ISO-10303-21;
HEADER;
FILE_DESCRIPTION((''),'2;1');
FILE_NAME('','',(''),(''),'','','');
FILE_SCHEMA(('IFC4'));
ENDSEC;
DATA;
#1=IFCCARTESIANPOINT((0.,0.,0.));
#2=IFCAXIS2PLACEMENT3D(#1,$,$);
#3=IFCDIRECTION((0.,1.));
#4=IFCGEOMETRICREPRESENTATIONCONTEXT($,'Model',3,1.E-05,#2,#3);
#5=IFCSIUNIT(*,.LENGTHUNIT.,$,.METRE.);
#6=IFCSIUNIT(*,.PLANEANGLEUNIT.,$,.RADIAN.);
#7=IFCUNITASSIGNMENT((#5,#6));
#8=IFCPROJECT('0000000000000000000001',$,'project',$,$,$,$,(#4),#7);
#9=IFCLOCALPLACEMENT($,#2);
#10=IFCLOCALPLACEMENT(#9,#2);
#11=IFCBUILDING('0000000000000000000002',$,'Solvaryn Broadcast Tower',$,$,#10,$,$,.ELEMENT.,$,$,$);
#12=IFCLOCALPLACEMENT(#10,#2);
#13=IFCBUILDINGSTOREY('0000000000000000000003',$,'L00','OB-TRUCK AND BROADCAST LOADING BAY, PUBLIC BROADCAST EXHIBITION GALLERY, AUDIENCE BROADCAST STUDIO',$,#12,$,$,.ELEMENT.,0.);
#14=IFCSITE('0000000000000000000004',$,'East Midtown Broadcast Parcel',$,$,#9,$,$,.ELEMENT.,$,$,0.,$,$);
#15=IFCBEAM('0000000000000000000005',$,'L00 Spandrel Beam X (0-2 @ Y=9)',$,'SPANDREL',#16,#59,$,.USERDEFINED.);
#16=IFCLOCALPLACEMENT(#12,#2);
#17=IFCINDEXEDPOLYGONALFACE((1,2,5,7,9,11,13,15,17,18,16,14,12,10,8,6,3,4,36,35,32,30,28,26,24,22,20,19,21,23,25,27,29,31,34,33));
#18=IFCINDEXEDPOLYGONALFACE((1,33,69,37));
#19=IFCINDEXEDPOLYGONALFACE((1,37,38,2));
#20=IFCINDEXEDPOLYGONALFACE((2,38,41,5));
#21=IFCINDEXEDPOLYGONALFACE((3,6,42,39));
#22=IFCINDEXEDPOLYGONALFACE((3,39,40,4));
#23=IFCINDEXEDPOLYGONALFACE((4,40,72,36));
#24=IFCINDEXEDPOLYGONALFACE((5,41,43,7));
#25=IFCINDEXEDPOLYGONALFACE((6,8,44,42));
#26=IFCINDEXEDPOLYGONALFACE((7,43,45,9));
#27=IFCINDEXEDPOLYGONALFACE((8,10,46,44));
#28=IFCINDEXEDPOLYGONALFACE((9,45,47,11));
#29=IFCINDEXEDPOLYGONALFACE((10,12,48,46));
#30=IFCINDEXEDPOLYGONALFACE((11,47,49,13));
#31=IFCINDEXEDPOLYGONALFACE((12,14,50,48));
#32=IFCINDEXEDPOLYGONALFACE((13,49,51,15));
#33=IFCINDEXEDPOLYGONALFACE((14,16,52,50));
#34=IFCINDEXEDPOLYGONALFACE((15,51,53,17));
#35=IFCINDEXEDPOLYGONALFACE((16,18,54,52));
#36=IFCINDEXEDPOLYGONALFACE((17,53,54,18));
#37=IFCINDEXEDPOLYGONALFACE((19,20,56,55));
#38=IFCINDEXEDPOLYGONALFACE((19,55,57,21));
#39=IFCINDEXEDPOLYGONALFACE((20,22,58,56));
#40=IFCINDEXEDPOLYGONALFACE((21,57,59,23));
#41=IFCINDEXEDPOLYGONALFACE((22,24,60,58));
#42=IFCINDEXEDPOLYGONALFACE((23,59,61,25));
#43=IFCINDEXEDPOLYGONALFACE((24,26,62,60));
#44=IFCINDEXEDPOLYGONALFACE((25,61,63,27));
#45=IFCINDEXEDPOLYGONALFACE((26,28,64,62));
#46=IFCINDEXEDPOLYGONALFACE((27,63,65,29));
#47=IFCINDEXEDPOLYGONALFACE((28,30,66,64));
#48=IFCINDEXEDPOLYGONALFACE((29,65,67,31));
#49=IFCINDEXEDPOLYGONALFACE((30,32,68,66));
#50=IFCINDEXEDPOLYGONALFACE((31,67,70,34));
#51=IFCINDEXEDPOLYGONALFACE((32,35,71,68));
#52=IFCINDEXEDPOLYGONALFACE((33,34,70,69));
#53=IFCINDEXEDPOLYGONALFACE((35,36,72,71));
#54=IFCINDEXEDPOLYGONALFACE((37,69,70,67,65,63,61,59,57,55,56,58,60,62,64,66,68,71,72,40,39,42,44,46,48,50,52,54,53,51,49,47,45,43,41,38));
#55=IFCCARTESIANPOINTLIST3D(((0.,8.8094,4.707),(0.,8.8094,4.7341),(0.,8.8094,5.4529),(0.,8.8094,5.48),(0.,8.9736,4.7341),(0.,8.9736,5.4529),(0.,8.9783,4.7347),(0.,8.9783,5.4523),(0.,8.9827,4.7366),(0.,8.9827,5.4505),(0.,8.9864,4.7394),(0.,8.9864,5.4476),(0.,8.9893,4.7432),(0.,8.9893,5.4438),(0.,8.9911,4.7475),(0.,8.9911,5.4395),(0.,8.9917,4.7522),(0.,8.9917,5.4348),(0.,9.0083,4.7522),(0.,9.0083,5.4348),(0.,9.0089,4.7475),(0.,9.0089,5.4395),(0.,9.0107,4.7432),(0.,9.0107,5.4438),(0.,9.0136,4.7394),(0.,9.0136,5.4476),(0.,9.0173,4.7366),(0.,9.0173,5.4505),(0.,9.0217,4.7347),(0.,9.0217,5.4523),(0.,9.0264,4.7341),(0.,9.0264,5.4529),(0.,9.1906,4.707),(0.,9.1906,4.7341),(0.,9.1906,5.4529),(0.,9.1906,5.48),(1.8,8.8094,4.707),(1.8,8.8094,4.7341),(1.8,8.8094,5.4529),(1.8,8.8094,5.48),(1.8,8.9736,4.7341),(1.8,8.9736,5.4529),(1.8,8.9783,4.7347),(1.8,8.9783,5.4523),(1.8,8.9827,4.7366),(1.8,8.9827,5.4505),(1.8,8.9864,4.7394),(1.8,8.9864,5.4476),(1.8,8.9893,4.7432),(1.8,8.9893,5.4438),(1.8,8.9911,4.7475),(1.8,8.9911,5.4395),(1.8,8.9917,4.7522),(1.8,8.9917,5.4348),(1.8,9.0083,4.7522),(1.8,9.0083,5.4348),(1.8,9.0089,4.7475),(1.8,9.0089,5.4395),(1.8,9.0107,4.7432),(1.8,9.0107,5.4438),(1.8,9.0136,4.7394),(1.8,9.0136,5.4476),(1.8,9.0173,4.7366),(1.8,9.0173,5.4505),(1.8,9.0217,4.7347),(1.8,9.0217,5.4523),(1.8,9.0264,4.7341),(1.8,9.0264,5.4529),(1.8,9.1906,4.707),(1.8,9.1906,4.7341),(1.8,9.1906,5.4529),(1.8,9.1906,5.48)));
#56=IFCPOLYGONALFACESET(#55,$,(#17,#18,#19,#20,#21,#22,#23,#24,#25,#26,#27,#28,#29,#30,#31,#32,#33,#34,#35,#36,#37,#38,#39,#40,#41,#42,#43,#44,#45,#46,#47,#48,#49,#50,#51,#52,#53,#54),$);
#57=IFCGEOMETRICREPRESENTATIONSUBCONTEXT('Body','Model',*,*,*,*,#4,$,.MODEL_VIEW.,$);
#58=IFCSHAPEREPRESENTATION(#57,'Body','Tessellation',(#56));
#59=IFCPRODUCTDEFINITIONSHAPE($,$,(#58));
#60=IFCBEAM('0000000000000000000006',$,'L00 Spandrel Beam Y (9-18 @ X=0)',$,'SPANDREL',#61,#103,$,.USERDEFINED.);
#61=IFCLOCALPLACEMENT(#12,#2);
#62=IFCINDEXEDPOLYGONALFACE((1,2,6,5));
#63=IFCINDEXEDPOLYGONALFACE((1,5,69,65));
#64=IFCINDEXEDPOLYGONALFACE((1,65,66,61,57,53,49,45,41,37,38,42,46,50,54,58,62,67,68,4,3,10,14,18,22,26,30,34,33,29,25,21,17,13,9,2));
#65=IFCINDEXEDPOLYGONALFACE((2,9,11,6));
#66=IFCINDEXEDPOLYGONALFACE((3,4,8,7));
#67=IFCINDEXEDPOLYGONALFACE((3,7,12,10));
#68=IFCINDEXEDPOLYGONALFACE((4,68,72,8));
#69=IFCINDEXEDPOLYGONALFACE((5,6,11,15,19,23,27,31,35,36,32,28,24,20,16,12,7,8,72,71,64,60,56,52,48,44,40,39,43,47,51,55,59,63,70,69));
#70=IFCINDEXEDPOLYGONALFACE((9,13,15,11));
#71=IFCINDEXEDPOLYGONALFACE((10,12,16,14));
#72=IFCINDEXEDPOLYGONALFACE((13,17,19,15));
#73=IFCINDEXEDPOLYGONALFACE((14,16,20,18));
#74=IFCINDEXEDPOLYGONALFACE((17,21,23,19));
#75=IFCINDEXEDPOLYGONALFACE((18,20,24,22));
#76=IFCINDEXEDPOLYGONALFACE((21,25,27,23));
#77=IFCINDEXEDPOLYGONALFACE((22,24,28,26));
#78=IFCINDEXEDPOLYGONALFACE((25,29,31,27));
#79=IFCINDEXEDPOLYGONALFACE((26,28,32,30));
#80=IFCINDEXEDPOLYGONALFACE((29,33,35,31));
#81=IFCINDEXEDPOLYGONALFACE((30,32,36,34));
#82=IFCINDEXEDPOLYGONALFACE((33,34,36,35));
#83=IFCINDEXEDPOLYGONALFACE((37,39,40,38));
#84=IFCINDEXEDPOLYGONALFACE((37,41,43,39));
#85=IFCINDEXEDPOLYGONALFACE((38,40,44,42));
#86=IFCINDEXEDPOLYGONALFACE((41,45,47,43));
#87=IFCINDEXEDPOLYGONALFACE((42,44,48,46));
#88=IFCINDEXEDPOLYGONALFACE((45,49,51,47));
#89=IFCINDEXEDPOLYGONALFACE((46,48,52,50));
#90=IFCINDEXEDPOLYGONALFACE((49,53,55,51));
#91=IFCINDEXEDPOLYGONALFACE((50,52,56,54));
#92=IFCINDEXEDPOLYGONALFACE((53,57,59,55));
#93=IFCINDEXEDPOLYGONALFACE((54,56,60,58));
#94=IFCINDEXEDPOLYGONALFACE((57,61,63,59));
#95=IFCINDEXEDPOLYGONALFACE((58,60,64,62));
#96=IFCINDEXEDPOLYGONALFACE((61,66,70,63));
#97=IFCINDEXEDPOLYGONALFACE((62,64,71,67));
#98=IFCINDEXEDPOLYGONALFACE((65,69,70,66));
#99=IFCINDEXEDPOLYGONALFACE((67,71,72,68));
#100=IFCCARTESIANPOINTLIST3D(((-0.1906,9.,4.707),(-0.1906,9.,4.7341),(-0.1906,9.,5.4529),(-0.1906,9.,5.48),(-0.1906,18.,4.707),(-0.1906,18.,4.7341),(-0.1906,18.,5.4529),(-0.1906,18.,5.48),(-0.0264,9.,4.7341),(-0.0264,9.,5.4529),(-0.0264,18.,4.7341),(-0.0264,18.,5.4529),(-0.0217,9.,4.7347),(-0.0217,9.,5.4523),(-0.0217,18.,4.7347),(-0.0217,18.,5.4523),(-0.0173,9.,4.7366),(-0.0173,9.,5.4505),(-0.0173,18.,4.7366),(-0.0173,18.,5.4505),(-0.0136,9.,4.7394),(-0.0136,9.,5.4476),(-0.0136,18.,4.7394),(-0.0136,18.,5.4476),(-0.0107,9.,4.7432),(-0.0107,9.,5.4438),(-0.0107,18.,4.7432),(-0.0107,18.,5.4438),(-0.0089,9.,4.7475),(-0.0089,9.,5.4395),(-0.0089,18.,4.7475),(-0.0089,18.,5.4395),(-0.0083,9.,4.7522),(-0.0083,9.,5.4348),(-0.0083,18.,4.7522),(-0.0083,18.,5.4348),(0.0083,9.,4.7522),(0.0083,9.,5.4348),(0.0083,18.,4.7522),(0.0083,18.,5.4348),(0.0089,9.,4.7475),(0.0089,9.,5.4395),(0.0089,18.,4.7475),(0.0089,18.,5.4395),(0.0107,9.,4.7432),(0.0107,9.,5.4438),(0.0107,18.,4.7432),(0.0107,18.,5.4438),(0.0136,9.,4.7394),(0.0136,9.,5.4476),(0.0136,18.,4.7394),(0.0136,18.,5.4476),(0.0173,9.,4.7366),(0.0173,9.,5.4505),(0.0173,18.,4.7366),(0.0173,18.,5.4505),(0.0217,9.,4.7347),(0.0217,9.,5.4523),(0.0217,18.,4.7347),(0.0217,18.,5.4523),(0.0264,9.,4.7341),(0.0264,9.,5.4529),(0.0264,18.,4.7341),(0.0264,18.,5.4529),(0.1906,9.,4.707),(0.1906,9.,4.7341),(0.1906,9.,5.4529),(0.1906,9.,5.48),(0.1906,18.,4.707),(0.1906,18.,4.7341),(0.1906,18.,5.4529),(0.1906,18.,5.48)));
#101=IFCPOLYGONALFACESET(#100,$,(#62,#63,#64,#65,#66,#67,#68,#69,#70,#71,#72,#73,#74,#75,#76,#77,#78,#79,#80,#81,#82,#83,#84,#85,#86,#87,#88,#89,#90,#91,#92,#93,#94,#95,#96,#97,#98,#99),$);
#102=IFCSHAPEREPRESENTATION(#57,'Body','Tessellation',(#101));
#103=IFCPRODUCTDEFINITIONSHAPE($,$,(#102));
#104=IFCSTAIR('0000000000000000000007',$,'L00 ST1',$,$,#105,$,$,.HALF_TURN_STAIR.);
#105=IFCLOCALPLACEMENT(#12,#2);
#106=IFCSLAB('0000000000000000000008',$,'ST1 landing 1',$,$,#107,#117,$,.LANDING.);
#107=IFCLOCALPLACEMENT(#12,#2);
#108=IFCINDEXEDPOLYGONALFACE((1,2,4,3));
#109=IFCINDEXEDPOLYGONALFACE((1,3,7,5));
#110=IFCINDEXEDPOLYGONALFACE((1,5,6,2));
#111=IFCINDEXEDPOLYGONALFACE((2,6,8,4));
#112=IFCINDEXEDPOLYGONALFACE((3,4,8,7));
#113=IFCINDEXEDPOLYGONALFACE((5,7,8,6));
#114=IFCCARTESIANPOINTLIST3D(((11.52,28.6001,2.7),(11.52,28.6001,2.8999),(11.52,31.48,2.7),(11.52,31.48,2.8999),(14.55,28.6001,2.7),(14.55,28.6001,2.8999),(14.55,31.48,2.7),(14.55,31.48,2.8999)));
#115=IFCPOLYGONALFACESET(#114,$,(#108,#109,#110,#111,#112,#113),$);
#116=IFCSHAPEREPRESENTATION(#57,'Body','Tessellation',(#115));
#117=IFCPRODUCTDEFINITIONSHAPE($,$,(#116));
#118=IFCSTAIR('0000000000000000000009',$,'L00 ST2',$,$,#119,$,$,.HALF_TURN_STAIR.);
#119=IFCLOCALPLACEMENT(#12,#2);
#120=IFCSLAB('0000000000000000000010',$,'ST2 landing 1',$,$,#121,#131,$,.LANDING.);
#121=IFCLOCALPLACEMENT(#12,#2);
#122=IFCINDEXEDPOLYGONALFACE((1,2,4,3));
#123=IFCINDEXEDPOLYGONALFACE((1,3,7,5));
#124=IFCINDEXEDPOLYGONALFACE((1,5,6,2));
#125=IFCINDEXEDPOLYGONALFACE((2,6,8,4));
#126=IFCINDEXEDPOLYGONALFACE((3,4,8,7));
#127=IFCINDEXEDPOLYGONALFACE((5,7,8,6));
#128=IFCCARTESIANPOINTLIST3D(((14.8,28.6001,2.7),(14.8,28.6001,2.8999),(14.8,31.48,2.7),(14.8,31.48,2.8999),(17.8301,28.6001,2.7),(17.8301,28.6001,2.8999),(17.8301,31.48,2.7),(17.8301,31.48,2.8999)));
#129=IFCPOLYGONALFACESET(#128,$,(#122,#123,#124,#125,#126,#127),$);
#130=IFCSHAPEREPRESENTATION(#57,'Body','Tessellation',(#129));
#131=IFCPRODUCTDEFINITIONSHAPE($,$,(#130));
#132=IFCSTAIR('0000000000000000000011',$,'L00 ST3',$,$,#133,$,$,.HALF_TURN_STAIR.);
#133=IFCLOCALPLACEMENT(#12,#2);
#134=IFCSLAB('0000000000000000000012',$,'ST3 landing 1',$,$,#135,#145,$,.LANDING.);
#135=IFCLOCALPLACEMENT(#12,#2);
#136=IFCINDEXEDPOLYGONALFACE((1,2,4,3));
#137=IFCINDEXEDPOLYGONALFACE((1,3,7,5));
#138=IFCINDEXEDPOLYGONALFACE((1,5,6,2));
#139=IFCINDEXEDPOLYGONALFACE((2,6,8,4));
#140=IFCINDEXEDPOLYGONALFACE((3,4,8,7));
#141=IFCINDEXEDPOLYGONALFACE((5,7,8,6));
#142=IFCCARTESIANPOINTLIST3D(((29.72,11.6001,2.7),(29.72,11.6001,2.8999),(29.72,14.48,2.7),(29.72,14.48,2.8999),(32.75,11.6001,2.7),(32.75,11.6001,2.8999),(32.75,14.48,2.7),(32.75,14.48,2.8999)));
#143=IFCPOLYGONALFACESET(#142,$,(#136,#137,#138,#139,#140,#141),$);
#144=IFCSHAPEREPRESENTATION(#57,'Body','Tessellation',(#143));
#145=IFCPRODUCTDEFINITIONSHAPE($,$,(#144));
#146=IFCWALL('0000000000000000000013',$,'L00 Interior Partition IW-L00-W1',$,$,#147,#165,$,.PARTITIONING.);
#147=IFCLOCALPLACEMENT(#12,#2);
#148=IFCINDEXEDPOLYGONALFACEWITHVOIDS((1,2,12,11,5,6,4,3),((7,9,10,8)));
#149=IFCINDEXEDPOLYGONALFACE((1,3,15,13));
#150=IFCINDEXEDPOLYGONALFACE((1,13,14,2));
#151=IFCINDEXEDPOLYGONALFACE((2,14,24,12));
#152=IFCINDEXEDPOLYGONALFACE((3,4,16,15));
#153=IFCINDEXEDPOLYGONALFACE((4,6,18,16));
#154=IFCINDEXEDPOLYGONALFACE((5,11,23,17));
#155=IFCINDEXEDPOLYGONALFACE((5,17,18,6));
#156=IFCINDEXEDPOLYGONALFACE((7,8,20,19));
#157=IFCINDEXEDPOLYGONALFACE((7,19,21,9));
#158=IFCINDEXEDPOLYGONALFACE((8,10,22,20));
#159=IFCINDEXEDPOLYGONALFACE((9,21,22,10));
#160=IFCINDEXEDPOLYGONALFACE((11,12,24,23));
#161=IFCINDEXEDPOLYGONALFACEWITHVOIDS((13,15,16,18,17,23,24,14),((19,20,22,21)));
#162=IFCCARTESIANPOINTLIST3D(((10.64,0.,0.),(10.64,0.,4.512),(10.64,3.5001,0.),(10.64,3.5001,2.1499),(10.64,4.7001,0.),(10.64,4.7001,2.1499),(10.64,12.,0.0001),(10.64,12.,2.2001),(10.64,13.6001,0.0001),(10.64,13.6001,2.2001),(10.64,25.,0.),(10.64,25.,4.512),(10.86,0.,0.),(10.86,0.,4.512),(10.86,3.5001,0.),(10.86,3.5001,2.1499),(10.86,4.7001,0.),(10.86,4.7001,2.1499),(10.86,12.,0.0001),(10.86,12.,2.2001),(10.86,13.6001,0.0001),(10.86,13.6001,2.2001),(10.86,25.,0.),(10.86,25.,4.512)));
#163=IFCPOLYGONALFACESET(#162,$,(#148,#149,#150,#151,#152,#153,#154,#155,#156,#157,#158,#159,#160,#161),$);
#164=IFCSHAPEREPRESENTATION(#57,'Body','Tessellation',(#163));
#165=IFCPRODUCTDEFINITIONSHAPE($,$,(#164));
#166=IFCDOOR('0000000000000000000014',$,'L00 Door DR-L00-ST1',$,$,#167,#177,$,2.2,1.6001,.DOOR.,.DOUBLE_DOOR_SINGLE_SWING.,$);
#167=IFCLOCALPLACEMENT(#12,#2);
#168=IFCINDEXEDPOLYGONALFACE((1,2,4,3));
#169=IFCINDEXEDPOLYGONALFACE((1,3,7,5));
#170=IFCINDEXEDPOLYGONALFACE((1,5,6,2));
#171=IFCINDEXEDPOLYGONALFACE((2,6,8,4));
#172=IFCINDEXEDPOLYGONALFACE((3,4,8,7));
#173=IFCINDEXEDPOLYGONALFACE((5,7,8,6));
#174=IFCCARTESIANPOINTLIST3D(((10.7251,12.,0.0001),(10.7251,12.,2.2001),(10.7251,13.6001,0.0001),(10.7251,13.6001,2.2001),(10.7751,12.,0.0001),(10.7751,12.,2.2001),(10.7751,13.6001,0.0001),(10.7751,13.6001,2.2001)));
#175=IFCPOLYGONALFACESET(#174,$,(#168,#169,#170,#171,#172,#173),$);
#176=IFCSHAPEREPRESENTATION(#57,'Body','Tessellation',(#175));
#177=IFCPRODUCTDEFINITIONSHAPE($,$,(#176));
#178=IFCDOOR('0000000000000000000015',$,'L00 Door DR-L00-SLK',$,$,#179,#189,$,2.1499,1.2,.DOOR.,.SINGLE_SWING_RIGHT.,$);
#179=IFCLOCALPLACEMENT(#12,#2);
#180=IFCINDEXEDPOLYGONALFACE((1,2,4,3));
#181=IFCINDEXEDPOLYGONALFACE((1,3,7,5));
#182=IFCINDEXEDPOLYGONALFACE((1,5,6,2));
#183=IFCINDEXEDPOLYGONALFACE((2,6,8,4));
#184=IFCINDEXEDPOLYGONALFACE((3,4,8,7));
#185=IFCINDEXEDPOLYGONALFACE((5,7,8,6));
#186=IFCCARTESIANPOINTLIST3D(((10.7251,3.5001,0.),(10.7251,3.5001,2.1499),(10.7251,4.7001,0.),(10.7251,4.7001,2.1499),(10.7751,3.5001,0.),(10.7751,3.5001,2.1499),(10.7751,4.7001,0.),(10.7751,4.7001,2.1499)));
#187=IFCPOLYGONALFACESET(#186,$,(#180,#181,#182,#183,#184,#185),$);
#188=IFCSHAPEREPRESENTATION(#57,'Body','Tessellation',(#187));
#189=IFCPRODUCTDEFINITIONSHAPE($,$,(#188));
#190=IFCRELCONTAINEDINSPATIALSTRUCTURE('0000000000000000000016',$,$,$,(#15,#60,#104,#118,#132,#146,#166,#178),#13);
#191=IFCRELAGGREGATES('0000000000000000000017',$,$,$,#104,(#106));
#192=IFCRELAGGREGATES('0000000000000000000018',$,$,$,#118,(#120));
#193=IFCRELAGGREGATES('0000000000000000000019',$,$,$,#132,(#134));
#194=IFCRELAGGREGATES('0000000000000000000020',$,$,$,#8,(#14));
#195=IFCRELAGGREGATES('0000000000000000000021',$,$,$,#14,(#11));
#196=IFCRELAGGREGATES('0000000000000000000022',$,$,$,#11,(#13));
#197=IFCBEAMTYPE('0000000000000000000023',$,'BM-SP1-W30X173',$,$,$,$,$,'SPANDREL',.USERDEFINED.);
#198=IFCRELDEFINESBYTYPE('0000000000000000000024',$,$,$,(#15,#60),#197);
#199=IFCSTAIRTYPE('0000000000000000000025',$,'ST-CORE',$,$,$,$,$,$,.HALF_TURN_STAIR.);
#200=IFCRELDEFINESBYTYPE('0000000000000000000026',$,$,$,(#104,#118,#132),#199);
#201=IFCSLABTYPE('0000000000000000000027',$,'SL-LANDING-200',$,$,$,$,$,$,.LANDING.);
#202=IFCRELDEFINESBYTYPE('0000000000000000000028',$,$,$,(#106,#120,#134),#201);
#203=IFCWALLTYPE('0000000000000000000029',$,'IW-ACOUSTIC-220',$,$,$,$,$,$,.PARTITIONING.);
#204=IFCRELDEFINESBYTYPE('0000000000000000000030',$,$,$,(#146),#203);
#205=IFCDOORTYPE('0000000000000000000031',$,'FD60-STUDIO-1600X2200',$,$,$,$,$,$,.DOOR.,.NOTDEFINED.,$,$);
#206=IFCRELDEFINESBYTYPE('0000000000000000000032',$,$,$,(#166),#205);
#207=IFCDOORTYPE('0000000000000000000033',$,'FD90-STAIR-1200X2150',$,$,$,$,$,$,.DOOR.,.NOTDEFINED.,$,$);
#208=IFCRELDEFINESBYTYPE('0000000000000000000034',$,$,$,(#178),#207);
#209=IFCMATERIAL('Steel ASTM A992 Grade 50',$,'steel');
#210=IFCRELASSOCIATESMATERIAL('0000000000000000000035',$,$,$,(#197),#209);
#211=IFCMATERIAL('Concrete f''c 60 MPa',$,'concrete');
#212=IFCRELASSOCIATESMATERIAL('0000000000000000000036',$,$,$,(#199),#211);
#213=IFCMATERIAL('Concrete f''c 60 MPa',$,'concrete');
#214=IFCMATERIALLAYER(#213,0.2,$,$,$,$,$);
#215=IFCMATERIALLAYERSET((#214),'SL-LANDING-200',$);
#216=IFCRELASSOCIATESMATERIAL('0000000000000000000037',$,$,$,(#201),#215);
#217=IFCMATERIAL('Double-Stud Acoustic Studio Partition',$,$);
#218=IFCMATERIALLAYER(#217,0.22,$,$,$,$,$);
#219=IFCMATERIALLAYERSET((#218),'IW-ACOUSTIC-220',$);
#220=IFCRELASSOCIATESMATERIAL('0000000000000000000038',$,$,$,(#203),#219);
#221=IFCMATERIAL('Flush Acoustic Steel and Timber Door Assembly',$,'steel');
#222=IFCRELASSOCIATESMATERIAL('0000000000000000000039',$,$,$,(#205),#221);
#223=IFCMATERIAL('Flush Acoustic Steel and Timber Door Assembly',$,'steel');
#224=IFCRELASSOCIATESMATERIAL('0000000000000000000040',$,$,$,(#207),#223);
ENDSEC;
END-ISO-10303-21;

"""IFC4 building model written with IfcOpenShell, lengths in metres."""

from ifc_helpers import new_model, si_unit, direction, frame, frame_2d, origin, origin_2d, place, context, subcontext, project, spatial, polyline, rectangle, i_section, outline, extrude, material, layer, layer_set, material_profile, profile_set, type_object, element, fill, aggregate, save


model = new_model("IFC4")

# Units and contexts
model_context = context("Model", 3, precision=1e-05, world=origin(), true_north=direction((0.0, 1.0)))
body_context = subcontext(model_context, "Body", "Model", "MODEL_VIEW")
ifc_project = project(units=[si_unit("LENGTHUNIT", "METRE"), si_unit("PLANEANGLEUNIT", "RADIAN")], contexts=[model_context])

# Site, building, storey
site_placement = place(None, origin())
site = spatial("IfcSite", under=ifc_project, at=site_placement, Name="East Midtown Broadcast Parcel", CompositionType="ELEMENT", RefElevation=0.0)
building_placement = place(site_placement, origin())
building = spatial("IfcBuilding", under=site, at=building_placement, Name="Solvaryn Broadcast Tower", CompositionType="ELEMENT")
storey_placement = place(building_placement, origin())
storey = spatial("IfcBuildingStorey", under=building, at=storey_placement, Name="L00", Description="OB-TRUCK AND BROADCAST LOADING BAY, PUBLIC BROADCAST EXHIBITION GALLERY, AUDIENCE BROADCAST STUDIO", CompositionType="ELEMENT", Elevation=0.0)

# Beams
ifc_material_1 = material(Name="Steel ASTM A992 Grade 50", Category="steel")
ifc_material_profile_1 = material_profile(ifc_material_1, i_section(OverallWidth=0.3811, OverallDepth=0.7729, WebThickness=0.0166, FlangeThickness=0.0271, FilletRadius=0.0181, at=origin_2d()))
ifc_profile_set_1 = profile_set([ifc_material_profile_1], Name="Steel ASTM A992 Grade 50")
beam_type_1 = type_object("IfcBeamType", Name="BM-SP1-W30X173", ElementType="SPANDREL", PredefinedType="USERDEFINED", material=ifc_profile_set_1)
beam_1_placement = place(storey_placement, frame((0.0, 9.0, 5.0935), z_axis=(1.0, 0.0, 0.0), x_axis=(0.0, 1.0, 0.0)))
element("IfcBeam", 1, at=beam_1_placement, inside=storey, type_object=beam_type_1, Name="L00 Spandrel Beam X (0-2 @ Y=9)", ObjectType="SPANDREL", PredefinedType="USERDEFINED", context=body_context, shape_type="SweptSolid", body=[
    extrude(i_section(OverallWidth=0.3811, OverallDepth=0.7729, WebThickness=0.0166, FlangeThickness=0.0271, FilletRadius=0.0181, at=origin_2d()), origin(), (0.0, 0.0, 1.0), 1.8),
])
beam_2_placement = place(storey_placement, frame((0.0, 9.0, 5.0935), z_axis=(0.0, 1.0, 0.0), x_axis=(-1.0, 0.0, 0.0)))
element("IfcBeam", 2, at=beam_2_placement, inside=storey, type_object=beam_type_1, Name="L00 Spandrel Beam Y (9-18 @ X=0)", ObjectType="SPANDREL", PredefinedType="USERDEFINED", context=body_context, shape_type="SweptSolid", body=[
    extrude(i_section(OverallWidth=0.3811, OverallDepth=0.7729, WebThickness=0.0166, FlangeThickness=0.0271, FilletRadius=0.0181, at=origin_2d()), origin(), (0.0, 0.0, 1.0), 9.0),
])

# Stairs, slabs
ifc_material_2 = material(Name="Concrete f'c 60 MPa", Category="concrete")
stair_type = type_object("IfcStairType", Name="ST-CORE", PredefinedType="HALF_TURN_STAIR", material=ifc_material_2)
stair_1_placement = place(storey_placement, origin())
stair_1 = element("IfcStair", 3, at=stair_1_placement, inside=storey, type_object=stair_type, Name="L00 ST1", PredefinedType="HALF_TURN_STAIR")
ifc_material_3 = material(Name="Concrete f'c 60 MPa", Category="concrete")
ifc_layer_1 = layer(ifc_material_3, 0.2)
ifc_layer_set_1 = layer_set([ifc_layer_1], Name="SL-LANDING-200")
slab_type = type_object("IfcSlabType", Name="SL-LANDING-200", PredefinedType="LANDING", material=ifc_layer_set_1)
slab_1_placement = place(storey_placement, frame((0.0, 0.0, 2.7)))
slab_1 = element("IfcSlab", 4, at=slab_1_placement, type_object=slab_type, Name="ST1 landing 1", PredefinedType="LANDING", context=body_context, shape_type="SweptSolid", body=[
    extrude(outline(polyline([(11.52, 31.48), (11.52, 28.6001), (14.55, 28.6001), (14.55, 31.48), (11.52, 31.48)])), origin(), (0.0, 0.0, 1.0), 0.2),
])
aggregate(stair_1, [slab_1])
stair_2_placement = place(storey_placement, origin())
stair_2 = element("IfcStair", 5, at=stair_2_placement, inside=storey, type_object=stair_type, Name="L00 ST2", PredefinedType="HALF_TURN_STAIR")
slab_2_placement = place(storey_placement, frame((0.0, 0.0, 2.7)))
slab_2 = element("IfcSlab", 6, at=slab_2_placement, type_object=slab_type, Name="ST2 landing 1", PredefinedType="LANDING", context=body_context, shape_type="SweptSolid", body=[
    extrude(outline(polyline([(14.8, 31.48), (14.8, 28.6001), (17.8301, 28.6001), (17.8301, 31.48), (14.8, 31.48)])), origin(), (0.0, 0.0, 1.0), 0.2),
])
aggregate(stair_2, [slab_2])
stair_3_placement = place(storey_placement, origin())
stair_3 = element("IfcStair", 7, at=stair_3_placement, inside=storey, type_object=stair_type, Name="L00 ST3", PredefinedType="HALF_TURN_STAIR")
slab_3_placement = place(storey_placement, frame((0.0, 0.0, 2.7)))
slab_3 = element("IfcSlab", 8, at=slab_3_placement, type_object=slab_type, Name="ST3 landing 1", PredefinedType="LANDING", context=body_context, shape_type="SweptSolid", body=[
    extrude(outline(polyline([(29.72, 14.48), (29.72, 11.6001), (32.75, 11.6001), (32.75, 14.48), (29.72, 14.48)])), origin(), (0.0, 0.0, 1.0), 0.2),
])
aggregate(stair_3, [slab_3])

# Wall, openings, doors
ifc_material_4 = material(Name="Double-Stud Acoustic Studio Partition")
ifc_layer_2 = layer(ifc_material_4, 0.22)
ifc_layer_set_2 = layer_set([ifc_layer_2], Name="IW-ACOUSTIC-220")
wall_type = type_object("IfcWallType", Name="IW-ACOUSTIC-220", PredefinedType="PARTITIONING", material=ifc_layer_set_2)
wall_1_placement = place(storey_placement, frame((10.75, 0.0, 0.0), z_axis=(0.0, 0.0, 1.0), x_axis=(0.0, 1.0, 0.0)))
wall_1 = element("IfcWall", 9, at=wall_1_placement, inside=storey, type_object=wall_type, Name="L00 Interior Partition IW-L00-W1", PredefinedType="PARTITIONING", context=body_context, shape_type="SweptSolid", body=[
    extrude(rectangle(XDim=25.0, YDim=0.22, at=frame_2d((12.5, 0.0))), origin(), (0.0, 0.0, 1.0), 4.512),
])
opening_1_placement = place(wall_1_placement, frame((12.0, 0.0, 0.0)))
opening_1 = element("IfcOpeningElement", 10, at=opening_1_placement, cuts=wall_1, PredefinedType="OPENING", context=body_context, shape_type="SweptSolid", body=[
    extrude(rectangle(XDim=1.6001, YDim=2.2, at=frame_2d((0.8, 1.1001))), frame((0.0, 0.1199, 0.0), z_axis=(0.0, -1.0, 0.0), x_axis=(1.0, 0.0, 0.0)), (0.0, 0.0, 1.0), 0.24),
])
opening_2_placement = place(wall_1_placement, frame((3.5, 0.0, 0.0)))
opening_2 = element("IfcOpeningElement", 11, at=opening_2_placement, cuts=wall_1, PredefinedType="OPENING", context=body_context, shape_type="SweptSolid", body=[
    extrude(rectangle(XDim=1.2, YDim=2.1499, at=frame_2d((0.6001, 1.075))), frame((0.0, 0.1199, 0.0), z_axis=(0.0, -1.0, 0.0), x_axis=(1.0, 0.0, 0.0)), (0.0, 0.0, 1.0), 0.24),
])
ifc_material_5 = material(Name="Flush Acoustic Steel and Timber Door Assembly", Category="steel")
door_type_1 = type_object("IfcDoorType", Name="FD60-STUDIO-1600X2200", OperationType="NOTDEFINED", PredefinedType="DOOR", material=ifc_material_5)
door_1_placement = place(opening_1_placement, origin())
door_1 = element("IfcDoor", 12, at=door_1_placement, inside=storey, type_object=door_type_1, Name="L00 Door DR-L00-ST1", OperationType="DOUBLE_DOOR_SINGLE_SWING", OverallHeight=2.2, OverallWidth=1.6001, PredefinedType="DOOR", context=body_context, shape_type="SweptSolid", body=[
    extrude(rectangle(XDim=1.6001, YDim=2.2, at=frame_2d((0.8, 1.1001))), frame((0.0, 0.0249, 0.0), z_axis=(0.0, -1.0, 0.0), x_axis=(1.0, 0.0, 0.0)), (0.0, 0.0, 1.0), 0.05),
])
fill(opening_1, door_1)
ifc_material_6 = material(Name="Flush Acoustic Steel and Timber Door Assembly", Category="steel")
door_type_2 = type_object("IfcDoorType", Name="FD90-STAIR-1200X2150", OperationType="NOTDEFINED", PredefinedType="DOOR", material=ifc_material_6)
door_2_placement = place(opening_2_placement, origin())
door_2 = element("IfcDoor", 13, at=door_2_placement, inside=storey, type_object=door_type_2, Name="L00 Door DR-L00-SLK", OperationType="SINGLE_SWING_RIGHT", OverallHeight=2.1499, OverallWidth=1.2, PredefinedType="DOOR", context=body_context, shape_type="SweptSolid", body=[
    extrude(rectangle(XDim=1.2, YDim=2.1499, at=frame_2d((0.6001, 1.075))), frame((0.0, 0.0249, 0.0), z_axis=(0.0, -1.0, 0.0), x_axis=(1.0, 0.0, 0.0)), (0.0, 0.0, 1.0), 0.05),
])
fill(opening_2, door_2)

save(model, "model.ifc")
